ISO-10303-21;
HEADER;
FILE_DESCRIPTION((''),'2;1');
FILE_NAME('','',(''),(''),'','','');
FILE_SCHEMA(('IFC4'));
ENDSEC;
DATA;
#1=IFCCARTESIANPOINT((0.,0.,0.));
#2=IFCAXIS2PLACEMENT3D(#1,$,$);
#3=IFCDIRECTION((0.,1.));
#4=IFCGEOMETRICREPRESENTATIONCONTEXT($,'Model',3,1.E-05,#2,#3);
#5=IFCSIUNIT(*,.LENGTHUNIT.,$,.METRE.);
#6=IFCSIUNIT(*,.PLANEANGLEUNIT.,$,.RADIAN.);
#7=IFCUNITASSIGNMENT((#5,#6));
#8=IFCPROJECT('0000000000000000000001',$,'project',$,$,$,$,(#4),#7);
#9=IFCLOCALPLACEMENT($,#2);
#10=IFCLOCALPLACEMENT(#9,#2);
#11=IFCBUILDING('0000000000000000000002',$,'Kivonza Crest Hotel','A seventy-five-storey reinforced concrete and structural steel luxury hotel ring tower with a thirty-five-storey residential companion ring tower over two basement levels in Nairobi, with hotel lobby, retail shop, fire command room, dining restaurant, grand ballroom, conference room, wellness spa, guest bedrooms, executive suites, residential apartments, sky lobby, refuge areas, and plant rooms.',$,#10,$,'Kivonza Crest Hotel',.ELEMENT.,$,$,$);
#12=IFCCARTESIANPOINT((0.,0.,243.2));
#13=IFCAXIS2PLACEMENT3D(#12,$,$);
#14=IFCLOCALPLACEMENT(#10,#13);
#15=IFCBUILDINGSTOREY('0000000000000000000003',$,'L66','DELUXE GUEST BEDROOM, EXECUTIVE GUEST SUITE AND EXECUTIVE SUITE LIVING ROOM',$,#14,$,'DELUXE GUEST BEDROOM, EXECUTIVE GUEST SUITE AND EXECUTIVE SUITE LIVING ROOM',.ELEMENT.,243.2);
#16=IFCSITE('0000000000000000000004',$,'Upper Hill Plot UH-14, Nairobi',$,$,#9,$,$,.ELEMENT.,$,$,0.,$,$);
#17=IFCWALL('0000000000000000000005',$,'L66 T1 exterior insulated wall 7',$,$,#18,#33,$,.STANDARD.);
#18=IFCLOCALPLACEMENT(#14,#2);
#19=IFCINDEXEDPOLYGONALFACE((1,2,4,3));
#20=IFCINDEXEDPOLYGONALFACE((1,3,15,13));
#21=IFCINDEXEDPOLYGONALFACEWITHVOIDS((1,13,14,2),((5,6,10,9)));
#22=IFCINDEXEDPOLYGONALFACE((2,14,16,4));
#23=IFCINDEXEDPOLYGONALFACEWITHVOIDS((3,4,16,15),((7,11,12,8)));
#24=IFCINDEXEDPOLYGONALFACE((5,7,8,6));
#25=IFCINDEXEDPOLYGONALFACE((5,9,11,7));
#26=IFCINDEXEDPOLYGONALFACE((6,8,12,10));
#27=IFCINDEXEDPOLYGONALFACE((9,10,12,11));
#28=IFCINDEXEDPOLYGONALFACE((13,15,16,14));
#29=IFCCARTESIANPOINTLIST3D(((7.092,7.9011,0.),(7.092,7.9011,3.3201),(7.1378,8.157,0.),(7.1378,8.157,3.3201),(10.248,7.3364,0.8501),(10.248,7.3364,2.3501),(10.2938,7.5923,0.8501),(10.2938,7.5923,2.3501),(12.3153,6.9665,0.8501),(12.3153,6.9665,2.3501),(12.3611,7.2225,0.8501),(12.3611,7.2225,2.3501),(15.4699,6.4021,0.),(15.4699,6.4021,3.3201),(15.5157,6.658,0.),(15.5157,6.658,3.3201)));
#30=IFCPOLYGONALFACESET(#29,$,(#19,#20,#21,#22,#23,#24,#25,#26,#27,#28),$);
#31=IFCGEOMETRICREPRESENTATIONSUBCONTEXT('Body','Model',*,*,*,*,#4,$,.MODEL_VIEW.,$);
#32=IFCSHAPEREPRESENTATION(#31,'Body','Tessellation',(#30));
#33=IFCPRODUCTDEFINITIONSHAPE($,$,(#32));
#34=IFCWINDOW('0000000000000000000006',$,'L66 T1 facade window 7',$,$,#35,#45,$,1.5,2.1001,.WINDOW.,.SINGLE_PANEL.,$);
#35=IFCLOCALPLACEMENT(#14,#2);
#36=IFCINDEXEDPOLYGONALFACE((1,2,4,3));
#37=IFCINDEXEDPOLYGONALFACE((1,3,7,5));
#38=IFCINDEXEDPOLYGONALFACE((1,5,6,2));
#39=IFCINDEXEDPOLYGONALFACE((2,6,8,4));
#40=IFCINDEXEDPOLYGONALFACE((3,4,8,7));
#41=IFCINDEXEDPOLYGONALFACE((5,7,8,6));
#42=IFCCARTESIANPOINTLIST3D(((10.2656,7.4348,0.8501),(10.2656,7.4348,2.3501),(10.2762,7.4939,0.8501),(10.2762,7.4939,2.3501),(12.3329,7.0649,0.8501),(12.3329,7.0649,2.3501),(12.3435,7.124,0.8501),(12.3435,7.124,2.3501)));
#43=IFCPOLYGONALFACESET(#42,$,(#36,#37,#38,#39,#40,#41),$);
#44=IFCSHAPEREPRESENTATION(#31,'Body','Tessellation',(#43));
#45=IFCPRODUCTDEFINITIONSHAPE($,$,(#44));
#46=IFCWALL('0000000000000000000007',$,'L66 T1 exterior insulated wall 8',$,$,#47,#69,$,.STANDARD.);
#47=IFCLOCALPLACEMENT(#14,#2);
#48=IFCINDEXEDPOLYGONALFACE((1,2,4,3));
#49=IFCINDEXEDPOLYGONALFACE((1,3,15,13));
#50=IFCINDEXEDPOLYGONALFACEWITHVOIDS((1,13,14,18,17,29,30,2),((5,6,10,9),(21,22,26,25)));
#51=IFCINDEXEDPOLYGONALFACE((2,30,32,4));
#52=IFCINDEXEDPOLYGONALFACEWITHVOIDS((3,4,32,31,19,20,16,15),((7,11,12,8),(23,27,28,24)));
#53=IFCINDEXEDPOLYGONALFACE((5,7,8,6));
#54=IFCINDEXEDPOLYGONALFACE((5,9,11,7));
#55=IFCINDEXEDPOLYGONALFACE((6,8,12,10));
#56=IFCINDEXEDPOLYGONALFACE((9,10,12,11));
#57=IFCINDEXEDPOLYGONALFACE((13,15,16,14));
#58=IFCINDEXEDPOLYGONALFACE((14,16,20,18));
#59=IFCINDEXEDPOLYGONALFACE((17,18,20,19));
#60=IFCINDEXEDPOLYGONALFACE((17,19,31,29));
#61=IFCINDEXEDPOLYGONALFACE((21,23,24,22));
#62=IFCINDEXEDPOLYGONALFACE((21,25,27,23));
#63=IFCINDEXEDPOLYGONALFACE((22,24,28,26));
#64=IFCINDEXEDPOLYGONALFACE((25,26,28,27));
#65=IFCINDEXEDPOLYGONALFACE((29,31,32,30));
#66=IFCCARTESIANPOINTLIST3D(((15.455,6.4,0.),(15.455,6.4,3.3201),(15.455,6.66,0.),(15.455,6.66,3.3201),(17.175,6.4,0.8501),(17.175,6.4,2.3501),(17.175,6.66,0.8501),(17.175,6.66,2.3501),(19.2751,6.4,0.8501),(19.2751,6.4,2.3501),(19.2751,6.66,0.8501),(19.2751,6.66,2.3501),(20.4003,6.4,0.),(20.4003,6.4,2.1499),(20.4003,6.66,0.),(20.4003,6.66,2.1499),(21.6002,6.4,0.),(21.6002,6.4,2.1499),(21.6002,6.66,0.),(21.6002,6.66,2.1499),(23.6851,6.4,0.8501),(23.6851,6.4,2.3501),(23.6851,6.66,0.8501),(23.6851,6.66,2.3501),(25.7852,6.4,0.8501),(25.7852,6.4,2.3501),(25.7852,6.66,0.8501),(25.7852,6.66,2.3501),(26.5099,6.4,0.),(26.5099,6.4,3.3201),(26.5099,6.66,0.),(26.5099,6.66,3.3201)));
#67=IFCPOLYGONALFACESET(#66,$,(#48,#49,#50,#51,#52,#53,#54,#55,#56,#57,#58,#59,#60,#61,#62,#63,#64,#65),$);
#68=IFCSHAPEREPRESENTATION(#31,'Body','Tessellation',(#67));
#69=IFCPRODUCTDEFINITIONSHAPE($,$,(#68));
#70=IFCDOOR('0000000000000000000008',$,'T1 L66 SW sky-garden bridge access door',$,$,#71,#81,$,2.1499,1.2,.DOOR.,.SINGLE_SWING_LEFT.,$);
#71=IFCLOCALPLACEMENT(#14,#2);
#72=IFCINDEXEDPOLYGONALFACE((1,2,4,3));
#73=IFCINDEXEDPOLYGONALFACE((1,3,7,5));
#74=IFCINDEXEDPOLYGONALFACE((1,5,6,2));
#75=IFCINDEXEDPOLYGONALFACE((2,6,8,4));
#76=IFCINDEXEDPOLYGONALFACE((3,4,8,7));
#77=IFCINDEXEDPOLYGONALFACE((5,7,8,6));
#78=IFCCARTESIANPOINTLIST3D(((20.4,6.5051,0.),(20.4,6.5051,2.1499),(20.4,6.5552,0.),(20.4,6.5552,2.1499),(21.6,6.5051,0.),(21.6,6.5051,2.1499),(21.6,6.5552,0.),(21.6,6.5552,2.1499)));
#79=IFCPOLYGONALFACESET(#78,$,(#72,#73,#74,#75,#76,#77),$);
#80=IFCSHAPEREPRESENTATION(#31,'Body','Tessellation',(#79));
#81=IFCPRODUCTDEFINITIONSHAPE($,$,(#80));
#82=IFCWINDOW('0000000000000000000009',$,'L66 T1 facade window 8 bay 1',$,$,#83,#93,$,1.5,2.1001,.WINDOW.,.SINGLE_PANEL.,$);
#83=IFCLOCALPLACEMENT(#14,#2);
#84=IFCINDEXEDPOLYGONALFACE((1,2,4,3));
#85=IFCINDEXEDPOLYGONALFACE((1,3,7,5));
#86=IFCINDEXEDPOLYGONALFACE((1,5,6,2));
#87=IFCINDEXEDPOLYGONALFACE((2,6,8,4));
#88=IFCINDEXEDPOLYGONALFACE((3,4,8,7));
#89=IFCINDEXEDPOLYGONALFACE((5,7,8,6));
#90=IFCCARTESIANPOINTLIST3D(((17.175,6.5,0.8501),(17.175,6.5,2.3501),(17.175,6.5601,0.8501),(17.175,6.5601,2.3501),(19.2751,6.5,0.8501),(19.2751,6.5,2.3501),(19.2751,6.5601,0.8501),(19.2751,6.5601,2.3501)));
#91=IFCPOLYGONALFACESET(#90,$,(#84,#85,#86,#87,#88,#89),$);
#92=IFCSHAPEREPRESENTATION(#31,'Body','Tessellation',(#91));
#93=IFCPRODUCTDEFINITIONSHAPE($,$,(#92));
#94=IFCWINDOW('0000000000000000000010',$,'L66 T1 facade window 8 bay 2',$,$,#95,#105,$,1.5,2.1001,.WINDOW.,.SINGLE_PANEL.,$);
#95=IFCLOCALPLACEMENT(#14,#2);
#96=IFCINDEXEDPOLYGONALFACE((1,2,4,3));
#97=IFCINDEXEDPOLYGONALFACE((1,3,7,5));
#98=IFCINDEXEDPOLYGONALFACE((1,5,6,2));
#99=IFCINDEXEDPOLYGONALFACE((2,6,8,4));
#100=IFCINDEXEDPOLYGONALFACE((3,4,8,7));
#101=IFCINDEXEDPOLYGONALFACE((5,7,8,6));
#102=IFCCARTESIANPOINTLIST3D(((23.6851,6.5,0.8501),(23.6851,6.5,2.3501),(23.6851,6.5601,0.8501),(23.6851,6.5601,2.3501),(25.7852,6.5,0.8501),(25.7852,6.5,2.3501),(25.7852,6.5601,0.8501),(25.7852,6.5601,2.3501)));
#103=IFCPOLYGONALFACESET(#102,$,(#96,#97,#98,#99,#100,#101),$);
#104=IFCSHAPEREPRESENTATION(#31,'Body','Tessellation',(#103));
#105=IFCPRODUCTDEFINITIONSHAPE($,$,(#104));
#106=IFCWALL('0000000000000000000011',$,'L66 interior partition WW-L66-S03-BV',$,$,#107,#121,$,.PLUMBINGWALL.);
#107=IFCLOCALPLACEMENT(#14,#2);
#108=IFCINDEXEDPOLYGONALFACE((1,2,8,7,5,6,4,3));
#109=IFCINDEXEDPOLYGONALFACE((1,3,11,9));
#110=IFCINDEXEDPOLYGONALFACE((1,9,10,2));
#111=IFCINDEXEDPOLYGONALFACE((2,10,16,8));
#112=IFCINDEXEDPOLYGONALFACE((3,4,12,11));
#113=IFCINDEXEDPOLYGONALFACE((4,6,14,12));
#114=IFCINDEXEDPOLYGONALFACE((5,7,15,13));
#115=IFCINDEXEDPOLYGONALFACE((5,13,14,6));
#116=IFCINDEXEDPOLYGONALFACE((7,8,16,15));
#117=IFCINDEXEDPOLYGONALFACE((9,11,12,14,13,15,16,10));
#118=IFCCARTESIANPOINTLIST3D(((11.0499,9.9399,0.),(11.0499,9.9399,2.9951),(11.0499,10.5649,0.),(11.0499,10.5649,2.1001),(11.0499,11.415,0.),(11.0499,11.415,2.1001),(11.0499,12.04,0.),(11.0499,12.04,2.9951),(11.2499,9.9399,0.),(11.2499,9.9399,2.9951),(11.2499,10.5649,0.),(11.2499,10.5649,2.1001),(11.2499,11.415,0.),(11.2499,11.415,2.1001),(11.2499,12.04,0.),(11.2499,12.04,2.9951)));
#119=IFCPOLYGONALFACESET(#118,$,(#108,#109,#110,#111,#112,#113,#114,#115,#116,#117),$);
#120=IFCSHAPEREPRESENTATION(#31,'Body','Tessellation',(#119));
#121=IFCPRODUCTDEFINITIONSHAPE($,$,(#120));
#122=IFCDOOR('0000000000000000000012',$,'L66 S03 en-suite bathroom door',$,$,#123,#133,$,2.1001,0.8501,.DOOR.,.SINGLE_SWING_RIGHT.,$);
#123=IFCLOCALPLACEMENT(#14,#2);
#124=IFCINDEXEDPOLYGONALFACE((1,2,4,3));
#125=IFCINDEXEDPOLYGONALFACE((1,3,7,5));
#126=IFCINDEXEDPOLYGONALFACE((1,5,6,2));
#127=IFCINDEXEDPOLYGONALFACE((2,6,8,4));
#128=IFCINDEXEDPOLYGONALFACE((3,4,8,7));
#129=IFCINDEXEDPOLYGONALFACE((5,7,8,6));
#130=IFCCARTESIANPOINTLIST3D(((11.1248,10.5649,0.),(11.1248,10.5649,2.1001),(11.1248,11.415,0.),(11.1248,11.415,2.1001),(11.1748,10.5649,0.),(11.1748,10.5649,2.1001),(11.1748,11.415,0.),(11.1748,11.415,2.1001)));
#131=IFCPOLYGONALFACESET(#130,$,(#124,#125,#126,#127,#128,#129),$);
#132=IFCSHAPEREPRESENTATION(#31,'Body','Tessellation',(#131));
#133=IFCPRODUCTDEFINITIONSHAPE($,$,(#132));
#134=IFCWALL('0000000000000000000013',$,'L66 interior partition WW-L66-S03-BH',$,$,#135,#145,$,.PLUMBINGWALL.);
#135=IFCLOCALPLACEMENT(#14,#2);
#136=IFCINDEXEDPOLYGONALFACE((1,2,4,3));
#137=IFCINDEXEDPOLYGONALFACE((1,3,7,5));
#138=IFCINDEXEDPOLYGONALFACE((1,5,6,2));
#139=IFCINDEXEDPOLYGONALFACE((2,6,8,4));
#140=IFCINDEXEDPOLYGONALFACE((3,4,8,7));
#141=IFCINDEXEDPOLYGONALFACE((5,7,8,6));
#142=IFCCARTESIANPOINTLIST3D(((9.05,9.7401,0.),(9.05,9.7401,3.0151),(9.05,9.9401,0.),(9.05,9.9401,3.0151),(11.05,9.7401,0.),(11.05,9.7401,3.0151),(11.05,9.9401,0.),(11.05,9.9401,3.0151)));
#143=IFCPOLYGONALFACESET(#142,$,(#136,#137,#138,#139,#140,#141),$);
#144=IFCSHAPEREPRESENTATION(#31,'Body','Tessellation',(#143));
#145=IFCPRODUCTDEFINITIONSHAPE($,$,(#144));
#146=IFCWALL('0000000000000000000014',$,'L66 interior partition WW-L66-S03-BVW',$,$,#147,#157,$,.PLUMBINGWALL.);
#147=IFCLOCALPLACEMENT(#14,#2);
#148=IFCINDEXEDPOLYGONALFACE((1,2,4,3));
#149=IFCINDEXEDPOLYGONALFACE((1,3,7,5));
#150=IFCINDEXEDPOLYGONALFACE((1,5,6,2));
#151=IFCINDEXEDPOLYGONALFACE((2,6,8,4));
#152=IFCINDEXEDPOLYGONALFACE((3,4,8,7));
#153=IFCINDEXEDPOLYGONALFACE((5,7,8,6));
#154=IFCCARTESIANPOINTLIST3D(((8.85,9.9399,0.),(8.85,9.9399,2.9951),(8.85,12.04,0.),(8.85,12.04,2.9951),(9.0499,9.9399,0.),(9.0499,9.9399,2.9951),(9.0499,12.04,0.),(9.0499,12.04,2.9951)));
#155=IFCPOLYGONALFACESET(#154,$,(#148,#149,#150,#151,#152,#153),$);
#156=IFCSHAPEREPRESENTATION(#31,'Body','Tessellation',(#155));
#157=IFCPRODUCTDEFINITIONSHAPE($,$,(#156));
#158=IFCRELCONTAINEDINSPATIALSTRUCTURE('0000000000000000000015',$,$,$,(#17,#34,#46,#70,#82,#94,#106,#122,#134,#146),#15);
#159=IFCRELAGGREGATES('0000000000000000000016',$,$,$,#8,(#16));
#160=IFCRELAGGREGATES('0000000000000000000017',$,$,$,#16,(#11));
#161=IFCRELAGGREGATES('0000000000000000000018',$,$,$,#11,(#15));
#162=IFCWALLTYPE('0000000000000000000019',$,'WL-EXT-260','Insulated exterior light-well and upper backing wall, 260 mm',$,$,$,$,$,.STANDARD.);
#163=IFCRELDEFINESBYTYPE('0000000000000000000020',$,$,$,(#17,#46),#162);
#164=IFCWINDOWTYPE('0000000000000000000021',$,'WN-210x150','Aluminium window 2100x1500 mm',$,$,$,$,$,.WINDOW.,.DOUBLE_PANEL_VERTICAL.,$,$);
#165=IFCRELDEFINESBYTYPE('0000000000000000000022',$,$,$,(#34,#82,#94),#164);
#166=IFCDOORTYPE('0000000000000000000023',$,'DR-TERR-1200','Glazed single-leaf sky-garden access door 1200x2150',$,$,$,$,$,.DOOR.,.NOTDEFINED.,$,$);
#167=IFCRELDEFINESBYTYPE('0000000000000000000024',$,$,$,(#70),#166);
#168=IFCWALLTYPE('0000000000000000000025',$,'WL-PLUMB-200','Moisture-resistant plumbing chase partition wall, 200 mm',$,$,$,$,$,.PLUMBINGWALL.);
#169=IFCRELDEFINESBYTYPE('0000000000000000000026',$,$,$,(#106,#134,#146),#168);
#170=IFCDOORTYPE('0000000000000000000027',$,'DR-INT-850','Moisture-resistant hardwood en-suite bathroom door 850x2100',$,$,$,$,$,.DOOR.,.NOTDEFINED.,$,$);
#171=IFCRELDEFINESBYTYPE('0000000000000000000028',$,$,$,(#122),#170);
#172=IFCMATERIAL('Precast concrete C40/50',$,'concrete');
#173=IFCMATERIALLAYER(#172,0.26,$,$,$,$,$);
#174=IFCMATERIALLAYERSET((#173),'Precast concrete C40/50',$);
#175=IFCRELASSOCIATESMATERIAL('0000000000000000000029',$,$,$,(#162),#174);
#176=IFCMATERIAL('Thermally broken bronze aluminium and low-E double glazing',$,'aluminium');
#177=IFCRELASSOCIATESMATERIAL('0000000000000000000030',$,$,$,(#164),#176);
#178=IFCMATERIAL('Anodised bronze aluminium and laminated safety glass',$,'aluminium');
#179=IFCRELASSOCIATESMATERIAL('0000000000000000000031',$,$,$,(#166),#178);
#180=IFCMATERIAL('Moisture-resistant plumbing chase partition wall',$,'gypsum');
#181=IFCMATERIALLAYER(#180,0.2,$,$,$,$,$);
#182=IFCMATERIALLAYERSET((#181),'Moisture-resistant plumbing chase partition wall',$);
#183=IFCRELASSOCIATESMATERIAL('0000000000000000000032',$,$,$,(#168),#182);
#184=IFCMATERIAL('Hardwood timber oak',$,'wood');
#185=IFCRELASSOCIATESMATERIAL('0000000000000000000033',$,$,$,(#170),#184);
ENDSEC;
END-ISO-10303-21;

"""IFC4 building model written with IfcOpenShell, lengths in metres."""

from ifc_helpers import new_model, si_unit, direction, frame, frame_2d, origin, place, context, subcontext, project, spatial, rectangle, extrude, material, layer, layer_set, type_object, element, fill, save


model = new_model("IFC4")

# Units and contexts
model_context = context("Model", 3, precision=1e-05, world=origin(), true_north=direction((0.0, 1.0)))
body_context = subcontext(model_context, "Body", "Model", "MODEL_VIEW")
ifc_project = project(units=[si_unit("LENGTHUNIT", "METRE"), si_unit("PLANEANGLEUNIT", "RADIAN")], contexts=[model_context])

# Site, building, storey
site_placement = place(None, origin())
site = spatial("IfcSite", under=ifc_project, at=site_placement, Name="Upper Hill Plot UH-14, Nairobi", CompositionType="ELEMENT", RefElevation=0.0)
building_placement = place(site_placement, origin())
building = spatial("IfcBuilding", under=site, at=building_placement, Name="Kivonza Crest Hotel", Description="A seventy-five-storey reinforced concrete and structural steel luxury hotel ring tower with a thirty-five-storey residential companion ring tower over two basement levels in Nairobi, with hotel lobby, retail shop, fire command room, dining restaurant, grand ballroom, conference room, wellness spa, guest bedrooms, executive suites, residential apartments, sky lobby, refuge areas, and plant rooms.", LongName="Kivonza Crest Hotel", CompositionType="ELEMENT")
storey_placement = place(building_placement, frame((0.0, 0.0, 243.2)))
storey = spatial("IfcBuildingStorey", under=building, at=storey_placement, Name="L66", Description="DELUXE GUEST BEDROOM, EXECUTIVE GUEST SUITE AND EXECUTIVE SUITE LIVING ROOM", LongName="DELUXE GUEST BEDROOM, EXECUTIVE GUEST SUITE AND EXECUTIVE SUITE LIVING ROOM", CompositionType="ELEMENT", Elevation=243.2)

# Shared definitions
ifc_material_1 = material(Name="Hardwood timber oak", Category="wood")

# Wall, opening, window
ifc_material_2 = material(Name="Precast concrete C40/50", Category="concrete")
ifc_layer_1 = layer(ifc_material_2, 0.26)
ifc_layer_set_1 = layer_set([ifc_layer_1], Name="Precast concrete C40/50")
wall_type_1 = type_object("IfcWallType", Name="WL-EXT-260", Description="Insulated exterior light-well and upper backing wall, 260 mm", PredefinedType="STANDARD", material=ifc_layer_set_1)
wall_1_placement = place(storey_placement, frame((7.115, 8.0291, 0.0), z_axis=(0.0, 0.0, 1.0), x_axis=(0.984367, -0.176128, 0.0)))
wall_1 = element("IfcWall", 1, at=wall_1_placement, inside=storey, type_object=wall_type_1, Name="L66 T1 exterior insulated wall 7", PredefinedType="STANDARD", context=body_context, shape_type="SweptSolid", body=[
    extrude(rectangle(XDim=8.511, YDim=0.26, at=frame_2d((4.2554, 0.0))), origin(), (0.0, 0.0, 1.0), 3.3201),
])
opening_1_placement = place(wall_1_placement, frame((3.2061, 0.0, 0.8501)))
opening_1 = element("IfcOpeningElement", 2, at=opening_1_placement, cuts=wall_1, PredefinedType="OPENING", context=body_context, shape_type="SweptSolid", body=[
    extrude(rectangle(XDim=2.1001, YDim=1.5, at=frame_2d((1.05, 0.75))), frame((0.0, 0.1401, 0.0), z_axis=(0.0, -1.0, 0.0), x_axis=(1.0, 0.0, 0.0)), (0.0, 0.0, 1.0), 0.28),
])
ifc_material_3 = material(Name="Thermally broken bronze aluminium and low-E double glazing", Category="aluminium")
window_type = type_object("IfcWindowType", Name="WN-210x150", Description="Aluminium window 2100x1500 mm", PartitioningType="DOUBLE_PANEL_VERTICAL", PredefinedType="WINDOW", material=ifc_material_3)
window_1_placement = place(opening_1_placement, origin())
window_1 = element("IfcWindow", 3, at=window_1_placement, inside=storey, type_object=window_type, Name="L66 T1 facade window 7", OverallHeight=1.5, OverallWidth=2.1001, PartitioningType="SINGLE_PANEL", PredefinedType="WINDOW", context=body_context, shape_type="SweptSolid", body=[
    extrude(rectangle(XDim=2.1001, YDim=1.5, at=frame_2d((1.05, 0.75))), frame((0.0, 0.03, 0.0), z_axis=(0.0, -1.0, 0.0), x_axis=(1.0, 0.0, 0.0)), (0.0, 0.0, 1.0), 0.0601),
])
fill(opening_1, window_1)

# Wall, openings, door, windows
wall_2_placement = place(storey_placement, frame((15.4551, 6.53, 0.0), z_axis=(0.0, 0.0, 1.0), x_axis=(1.0, 0.0, 0.0)))
wall_2 = element("IfcWall", 4, at=wall_2_placement, inside=storey, type_object=wall_type_1, Name="L66 T1 exterior insulated wall 8", PredefinedType="STANDARD", context=body_context, shape_type="SweptSolid", body=[
    extrude(rectangle(XDim=11.0549, YDim=0.26, at=frame_2d((5.5273, 0.0))), origin(), (0.0, 0.0, 1.0), 3.3201),
])
opening_2_placement = place(wall_2_placement, frame((4.9451, 0.0, 0.0)))
opening_2 = element("IfcOpeningElement", 5, at=opening_2_placement, cuts=wall_2, PredefinedType="OPENING", context=body_context, shape_type="SweptSolid", body=[
    extrude(rectangle(XDim=1.2, YDim=2.1499, at=frame_2d((0.6001, 1.075))), frame((0.0, 0.1401, 0.0), z_axis=(0.0, -1.0, 0.0), x_axis=(1.0, 0.0, 0.0)), (0.0, 0.0, 1.0), 0.28),
])
opening_3_placement = place(wall_2_placement, frame((1.72, 0.0, 0.8501)))
opening_3 = element("IfcOpeningElement", 6, at=opening_3_placement, cuts=wall_2, PredefinedType="OPENING", context=body_context, shape_type="SweptSolid", body=[
    extrude(rectangle(XDim=2.1001, YDim=1.5, at=frame_2d((1.05, 0.75))), frame((0.0, 0.1401, 0.0), z_axis=(0.0, -1.0, 0.0), x_axis=(1.0, 0.0, 0.0)), (0.0, 0.0, 1.0), 0.28),
])
opening_4_placement = place(wall_2_placement, frame((8.23, 0.0, 0.8501)))
opening_4 = element("IfcOpeningElement", 7, at=opening_4_placement, cuts=wall_2, PredefinedType="OPENING", context=body_context, shape_type="SweptSolid", body=[
    extrude(rectangle(XDim=2.1001, YDim=1.5, at=frame_2d((1.05, 0.75))), frame((0.0, 0.1401, 0.0), z_axis=(0.0, -1.0, 0.0), x_axis=(1.0, 0.0, 0.0)), (0.0, 0.0, 1.0), 0.28),
])
ifc_material_4 = material(Name="Anodised bronze aluminium and laminated safety glass", Category="aluminium")
door_type_1 = type_object("IfcDoorType", Name="DR-TERR-1200", Description="Glazed single-leaf sky-garden access door 1200x2150", OperationType="NOTDEFINED", PredefinedType="DOOR", material=ifc_material_4)
door_1_placement = place(opening_2_placement, frame((1.2, 0.0, 0.0), z_axis=(0.0, 0.0, 1.0), x_axis=(-1.0, 0.0, 0.0)))
door_1 = element("IfcDoor", 8, at=door_1_placement, inside=storey, type_object=door_type_1, Name="T1 L66 SW sky-garden bridge access door", OperationType="SINGLE_SWING_LEFT", OverallHeight=2.1499, OverallWidth=1.2, PredefinedType="DOOR", context=body_context, shape_type="SweptSolid", body=[
    extrude(rectangle(XDim=1.2, YDim=2.1499, at=frame_2d((0.6001, 1.075))), frame((0.0, 0.0249, 0.0), z_axis=(0.0, -1.0, 0.0), x_axis=(1.0, 0.0, 0.0)), (0.0, 0.0, 1.0), 0.05),
])
fill(opening_2, door_1)
window_2_placement = place(opening_3_placement, origin())
window_2 = element("IfcWindow", 9, at=window_2_placement, inside=storey, type_object=window_type, Name="L66 T1 facade window 8 bay 1", OverallHeight=1.5, OverallWidth=2.1001, PartitioningType="SINGLE_PANEL", PredefinedType="WINDOW", context=body_context, shape_type="SweptSolid", body=[
    extrude(rectangle(XDim=2.1001, YDim=1.5, at=frame_2d((1.05, 0.75))), frame((0.0, 0.03, 0.0), z_axis=(0.0, -1.0, 0.0), x_axis=(1.0, 0.0, 0.0)), (0.0, 0.0, 1.0), 0.0601),
])
fill(opening_3, window_2)
window_3_placement = place(opening_4_placement, origin())
window_3 = element("IfcWindow", 10, at=window_3_placement, inside=storey, type_object=window_type, Name="L66 T1 facade window 8 bay 2", OverallHeight=1.5, OverallWidth=2.1001, PartitioningType="SINGLE_PANEL", PredefinedType="WINDOW", context=body_context, shape_type="SweptSolid", body=[
    extrude(rectangle(XDim=2.1001, YDim=1.5, at=frame_2d((1.05, 0.75))), frame((0.0, 0.03, 0.0), z_axis=(0.0, -1.0, 0.0), x_axis=(1.0, 0.0, 0.0)), (0.0, 0.0, 1.0), 0.0601),
])
fill(opening_4, window_3)

# Wall, opening, door
ifc_material_5 = material(Name="Moisture-resistant plumbing chase partition wall", Category="gypsum")
ifc_layer_2 = layer(ifc_material_5, 0.2)
ifc_layer_set_2 = layer_set([ifc_layer_2], Name="Moisture-resistant plumbing chase partition wall")
wall_type_2 = type_object("IfcWallType", Name="WL-PLUMB-200", Description="Moisture-resistant plumbing chase partition wall, 200 mm", PredefinedType="PLUMBINGWALL", material=ifc_layer_set_2)
wall_3_placement = place(storey_placement, frame((11.1499, 9.9399, 0.0), z_axis=(0.0, 0.0, 1.0), x_axis=(0.0, 1.0, 0.0)))
wall_3 = element("IfcWall", 11, at=wall_3_placement, inside=storey, type_object=wall_type_2, Name="L66 interior partition WW-L66-S03-BV", PredefinedType="PLUMBINGWALL", context=body_context, shape_type="SweptSolid", body=[
    extrude(rectangle(XDim=2.1001, YDim=0.2, at=frame_2d((1.05, 0.0))), origin(), (0.0, 0.0, 1.0), 2.9951),
])
opening_5_placement = place(wall_3_placement, frame((0.625, 0.0, 0.0)))
opening_5 = element("IfcOpeningElement", 12, at=opening_5_placement, cuts=wall_3, PredefinedType="OPENING", context=body_context, shape_type="SweptSolid", body=[
    extrude(rectangle(XDim=0.8501, YDim=2.1001, at=frame_2d((0.425, 1.05))), frame((0.0, 0.1099, 0.0), z_axis=(0.0, -1.0, 0.0), x_axis=(1.0, 0.0, 0.0)), (0.0, 0.0, 1.0), 0.22),
])
door_type_2 = type_object("IfcDoorType", Name="DR-INT-850", Description="Moisture-resistant hardwood en-suite bathroom door 850x2100", OperationType="NOTDEFINED", PredefinedType="DOOR", material=ifc_material_1)
door_2_placement = place(opening_5_placement, frame((0.8501, 0.0, 0.0), z_axis=(0.0, 0.0, 1.0), x_axis=(-1.0, 0.0, 0.0)))
door_2 = element("IfcDoor", 13, at=door_2_placement, inside=storey, type_object=door_type_2, Name="L66 S03 en-suite bathroom door", OperationType="SINGLE_SWING_RIGHT", OverallHeight=2.1001, OverallWidth=0.8501, PredefinedType="DOOR", context=body_context, shape_type="SweptSolid", body=[
    extrude(rectangle(XDim=0.8501, YDim=2.1001, at=frame_2d((0.425, 1.05))), frame((0.0, 0.0249, 0.0), z_axis=(0.0, -1.0, 0.0), x_axis=(1.0, 0.0, 0.0)), (0.0, 0.0, 1.0), 0.05),
])
fill(opening_5, door_2)

# Walls
wall_4_placement = place(storey_placement, frame((9.05, 9.8401, 0.0), z_axis=(0.0, 0.0, 1.0), x_axis=(1.0, 0.0, 0.0)))
element("IfcWall", 14, at=wall_4_placement, inside=storey, type_object=wall_type_2, Name="L66 interior partition WW-L66-S03-BH", PredefinedType="PLUMBINGWALL", context=body_context, shape_type="SweptSolid", body=[
    extrude(rectangle(XDim=2.0, YDim=0.2, at=frame_2d((1.0, 0.0))), origin(), (0.0, 0.0, 1.0), 3.0151),
])
wall_5_placement = place(storey_placement, frame((8.95, 9.9399, 0.0), z_axis=(0.0, 0.0, 1.0), x_axis=(0.0, 1.0, 0.0)))
element("IfcWall", 15, at=wall_5_placement, inside=storey, type_object=wall_type_2, Name="L66 interior partition WW-L66-S03-BVW", PredefinedType="PLUMBINGWALL", context=body_context, shape_type="SweptSolid", body=[
    extrude(rectangle(XDim=2.1001, YDim=0.2, at=frame_2d((1.05, 0.0))), origin(), (0.0, 0.0, 1.0), 2.9951),
])

save(model, "model.ifc")
